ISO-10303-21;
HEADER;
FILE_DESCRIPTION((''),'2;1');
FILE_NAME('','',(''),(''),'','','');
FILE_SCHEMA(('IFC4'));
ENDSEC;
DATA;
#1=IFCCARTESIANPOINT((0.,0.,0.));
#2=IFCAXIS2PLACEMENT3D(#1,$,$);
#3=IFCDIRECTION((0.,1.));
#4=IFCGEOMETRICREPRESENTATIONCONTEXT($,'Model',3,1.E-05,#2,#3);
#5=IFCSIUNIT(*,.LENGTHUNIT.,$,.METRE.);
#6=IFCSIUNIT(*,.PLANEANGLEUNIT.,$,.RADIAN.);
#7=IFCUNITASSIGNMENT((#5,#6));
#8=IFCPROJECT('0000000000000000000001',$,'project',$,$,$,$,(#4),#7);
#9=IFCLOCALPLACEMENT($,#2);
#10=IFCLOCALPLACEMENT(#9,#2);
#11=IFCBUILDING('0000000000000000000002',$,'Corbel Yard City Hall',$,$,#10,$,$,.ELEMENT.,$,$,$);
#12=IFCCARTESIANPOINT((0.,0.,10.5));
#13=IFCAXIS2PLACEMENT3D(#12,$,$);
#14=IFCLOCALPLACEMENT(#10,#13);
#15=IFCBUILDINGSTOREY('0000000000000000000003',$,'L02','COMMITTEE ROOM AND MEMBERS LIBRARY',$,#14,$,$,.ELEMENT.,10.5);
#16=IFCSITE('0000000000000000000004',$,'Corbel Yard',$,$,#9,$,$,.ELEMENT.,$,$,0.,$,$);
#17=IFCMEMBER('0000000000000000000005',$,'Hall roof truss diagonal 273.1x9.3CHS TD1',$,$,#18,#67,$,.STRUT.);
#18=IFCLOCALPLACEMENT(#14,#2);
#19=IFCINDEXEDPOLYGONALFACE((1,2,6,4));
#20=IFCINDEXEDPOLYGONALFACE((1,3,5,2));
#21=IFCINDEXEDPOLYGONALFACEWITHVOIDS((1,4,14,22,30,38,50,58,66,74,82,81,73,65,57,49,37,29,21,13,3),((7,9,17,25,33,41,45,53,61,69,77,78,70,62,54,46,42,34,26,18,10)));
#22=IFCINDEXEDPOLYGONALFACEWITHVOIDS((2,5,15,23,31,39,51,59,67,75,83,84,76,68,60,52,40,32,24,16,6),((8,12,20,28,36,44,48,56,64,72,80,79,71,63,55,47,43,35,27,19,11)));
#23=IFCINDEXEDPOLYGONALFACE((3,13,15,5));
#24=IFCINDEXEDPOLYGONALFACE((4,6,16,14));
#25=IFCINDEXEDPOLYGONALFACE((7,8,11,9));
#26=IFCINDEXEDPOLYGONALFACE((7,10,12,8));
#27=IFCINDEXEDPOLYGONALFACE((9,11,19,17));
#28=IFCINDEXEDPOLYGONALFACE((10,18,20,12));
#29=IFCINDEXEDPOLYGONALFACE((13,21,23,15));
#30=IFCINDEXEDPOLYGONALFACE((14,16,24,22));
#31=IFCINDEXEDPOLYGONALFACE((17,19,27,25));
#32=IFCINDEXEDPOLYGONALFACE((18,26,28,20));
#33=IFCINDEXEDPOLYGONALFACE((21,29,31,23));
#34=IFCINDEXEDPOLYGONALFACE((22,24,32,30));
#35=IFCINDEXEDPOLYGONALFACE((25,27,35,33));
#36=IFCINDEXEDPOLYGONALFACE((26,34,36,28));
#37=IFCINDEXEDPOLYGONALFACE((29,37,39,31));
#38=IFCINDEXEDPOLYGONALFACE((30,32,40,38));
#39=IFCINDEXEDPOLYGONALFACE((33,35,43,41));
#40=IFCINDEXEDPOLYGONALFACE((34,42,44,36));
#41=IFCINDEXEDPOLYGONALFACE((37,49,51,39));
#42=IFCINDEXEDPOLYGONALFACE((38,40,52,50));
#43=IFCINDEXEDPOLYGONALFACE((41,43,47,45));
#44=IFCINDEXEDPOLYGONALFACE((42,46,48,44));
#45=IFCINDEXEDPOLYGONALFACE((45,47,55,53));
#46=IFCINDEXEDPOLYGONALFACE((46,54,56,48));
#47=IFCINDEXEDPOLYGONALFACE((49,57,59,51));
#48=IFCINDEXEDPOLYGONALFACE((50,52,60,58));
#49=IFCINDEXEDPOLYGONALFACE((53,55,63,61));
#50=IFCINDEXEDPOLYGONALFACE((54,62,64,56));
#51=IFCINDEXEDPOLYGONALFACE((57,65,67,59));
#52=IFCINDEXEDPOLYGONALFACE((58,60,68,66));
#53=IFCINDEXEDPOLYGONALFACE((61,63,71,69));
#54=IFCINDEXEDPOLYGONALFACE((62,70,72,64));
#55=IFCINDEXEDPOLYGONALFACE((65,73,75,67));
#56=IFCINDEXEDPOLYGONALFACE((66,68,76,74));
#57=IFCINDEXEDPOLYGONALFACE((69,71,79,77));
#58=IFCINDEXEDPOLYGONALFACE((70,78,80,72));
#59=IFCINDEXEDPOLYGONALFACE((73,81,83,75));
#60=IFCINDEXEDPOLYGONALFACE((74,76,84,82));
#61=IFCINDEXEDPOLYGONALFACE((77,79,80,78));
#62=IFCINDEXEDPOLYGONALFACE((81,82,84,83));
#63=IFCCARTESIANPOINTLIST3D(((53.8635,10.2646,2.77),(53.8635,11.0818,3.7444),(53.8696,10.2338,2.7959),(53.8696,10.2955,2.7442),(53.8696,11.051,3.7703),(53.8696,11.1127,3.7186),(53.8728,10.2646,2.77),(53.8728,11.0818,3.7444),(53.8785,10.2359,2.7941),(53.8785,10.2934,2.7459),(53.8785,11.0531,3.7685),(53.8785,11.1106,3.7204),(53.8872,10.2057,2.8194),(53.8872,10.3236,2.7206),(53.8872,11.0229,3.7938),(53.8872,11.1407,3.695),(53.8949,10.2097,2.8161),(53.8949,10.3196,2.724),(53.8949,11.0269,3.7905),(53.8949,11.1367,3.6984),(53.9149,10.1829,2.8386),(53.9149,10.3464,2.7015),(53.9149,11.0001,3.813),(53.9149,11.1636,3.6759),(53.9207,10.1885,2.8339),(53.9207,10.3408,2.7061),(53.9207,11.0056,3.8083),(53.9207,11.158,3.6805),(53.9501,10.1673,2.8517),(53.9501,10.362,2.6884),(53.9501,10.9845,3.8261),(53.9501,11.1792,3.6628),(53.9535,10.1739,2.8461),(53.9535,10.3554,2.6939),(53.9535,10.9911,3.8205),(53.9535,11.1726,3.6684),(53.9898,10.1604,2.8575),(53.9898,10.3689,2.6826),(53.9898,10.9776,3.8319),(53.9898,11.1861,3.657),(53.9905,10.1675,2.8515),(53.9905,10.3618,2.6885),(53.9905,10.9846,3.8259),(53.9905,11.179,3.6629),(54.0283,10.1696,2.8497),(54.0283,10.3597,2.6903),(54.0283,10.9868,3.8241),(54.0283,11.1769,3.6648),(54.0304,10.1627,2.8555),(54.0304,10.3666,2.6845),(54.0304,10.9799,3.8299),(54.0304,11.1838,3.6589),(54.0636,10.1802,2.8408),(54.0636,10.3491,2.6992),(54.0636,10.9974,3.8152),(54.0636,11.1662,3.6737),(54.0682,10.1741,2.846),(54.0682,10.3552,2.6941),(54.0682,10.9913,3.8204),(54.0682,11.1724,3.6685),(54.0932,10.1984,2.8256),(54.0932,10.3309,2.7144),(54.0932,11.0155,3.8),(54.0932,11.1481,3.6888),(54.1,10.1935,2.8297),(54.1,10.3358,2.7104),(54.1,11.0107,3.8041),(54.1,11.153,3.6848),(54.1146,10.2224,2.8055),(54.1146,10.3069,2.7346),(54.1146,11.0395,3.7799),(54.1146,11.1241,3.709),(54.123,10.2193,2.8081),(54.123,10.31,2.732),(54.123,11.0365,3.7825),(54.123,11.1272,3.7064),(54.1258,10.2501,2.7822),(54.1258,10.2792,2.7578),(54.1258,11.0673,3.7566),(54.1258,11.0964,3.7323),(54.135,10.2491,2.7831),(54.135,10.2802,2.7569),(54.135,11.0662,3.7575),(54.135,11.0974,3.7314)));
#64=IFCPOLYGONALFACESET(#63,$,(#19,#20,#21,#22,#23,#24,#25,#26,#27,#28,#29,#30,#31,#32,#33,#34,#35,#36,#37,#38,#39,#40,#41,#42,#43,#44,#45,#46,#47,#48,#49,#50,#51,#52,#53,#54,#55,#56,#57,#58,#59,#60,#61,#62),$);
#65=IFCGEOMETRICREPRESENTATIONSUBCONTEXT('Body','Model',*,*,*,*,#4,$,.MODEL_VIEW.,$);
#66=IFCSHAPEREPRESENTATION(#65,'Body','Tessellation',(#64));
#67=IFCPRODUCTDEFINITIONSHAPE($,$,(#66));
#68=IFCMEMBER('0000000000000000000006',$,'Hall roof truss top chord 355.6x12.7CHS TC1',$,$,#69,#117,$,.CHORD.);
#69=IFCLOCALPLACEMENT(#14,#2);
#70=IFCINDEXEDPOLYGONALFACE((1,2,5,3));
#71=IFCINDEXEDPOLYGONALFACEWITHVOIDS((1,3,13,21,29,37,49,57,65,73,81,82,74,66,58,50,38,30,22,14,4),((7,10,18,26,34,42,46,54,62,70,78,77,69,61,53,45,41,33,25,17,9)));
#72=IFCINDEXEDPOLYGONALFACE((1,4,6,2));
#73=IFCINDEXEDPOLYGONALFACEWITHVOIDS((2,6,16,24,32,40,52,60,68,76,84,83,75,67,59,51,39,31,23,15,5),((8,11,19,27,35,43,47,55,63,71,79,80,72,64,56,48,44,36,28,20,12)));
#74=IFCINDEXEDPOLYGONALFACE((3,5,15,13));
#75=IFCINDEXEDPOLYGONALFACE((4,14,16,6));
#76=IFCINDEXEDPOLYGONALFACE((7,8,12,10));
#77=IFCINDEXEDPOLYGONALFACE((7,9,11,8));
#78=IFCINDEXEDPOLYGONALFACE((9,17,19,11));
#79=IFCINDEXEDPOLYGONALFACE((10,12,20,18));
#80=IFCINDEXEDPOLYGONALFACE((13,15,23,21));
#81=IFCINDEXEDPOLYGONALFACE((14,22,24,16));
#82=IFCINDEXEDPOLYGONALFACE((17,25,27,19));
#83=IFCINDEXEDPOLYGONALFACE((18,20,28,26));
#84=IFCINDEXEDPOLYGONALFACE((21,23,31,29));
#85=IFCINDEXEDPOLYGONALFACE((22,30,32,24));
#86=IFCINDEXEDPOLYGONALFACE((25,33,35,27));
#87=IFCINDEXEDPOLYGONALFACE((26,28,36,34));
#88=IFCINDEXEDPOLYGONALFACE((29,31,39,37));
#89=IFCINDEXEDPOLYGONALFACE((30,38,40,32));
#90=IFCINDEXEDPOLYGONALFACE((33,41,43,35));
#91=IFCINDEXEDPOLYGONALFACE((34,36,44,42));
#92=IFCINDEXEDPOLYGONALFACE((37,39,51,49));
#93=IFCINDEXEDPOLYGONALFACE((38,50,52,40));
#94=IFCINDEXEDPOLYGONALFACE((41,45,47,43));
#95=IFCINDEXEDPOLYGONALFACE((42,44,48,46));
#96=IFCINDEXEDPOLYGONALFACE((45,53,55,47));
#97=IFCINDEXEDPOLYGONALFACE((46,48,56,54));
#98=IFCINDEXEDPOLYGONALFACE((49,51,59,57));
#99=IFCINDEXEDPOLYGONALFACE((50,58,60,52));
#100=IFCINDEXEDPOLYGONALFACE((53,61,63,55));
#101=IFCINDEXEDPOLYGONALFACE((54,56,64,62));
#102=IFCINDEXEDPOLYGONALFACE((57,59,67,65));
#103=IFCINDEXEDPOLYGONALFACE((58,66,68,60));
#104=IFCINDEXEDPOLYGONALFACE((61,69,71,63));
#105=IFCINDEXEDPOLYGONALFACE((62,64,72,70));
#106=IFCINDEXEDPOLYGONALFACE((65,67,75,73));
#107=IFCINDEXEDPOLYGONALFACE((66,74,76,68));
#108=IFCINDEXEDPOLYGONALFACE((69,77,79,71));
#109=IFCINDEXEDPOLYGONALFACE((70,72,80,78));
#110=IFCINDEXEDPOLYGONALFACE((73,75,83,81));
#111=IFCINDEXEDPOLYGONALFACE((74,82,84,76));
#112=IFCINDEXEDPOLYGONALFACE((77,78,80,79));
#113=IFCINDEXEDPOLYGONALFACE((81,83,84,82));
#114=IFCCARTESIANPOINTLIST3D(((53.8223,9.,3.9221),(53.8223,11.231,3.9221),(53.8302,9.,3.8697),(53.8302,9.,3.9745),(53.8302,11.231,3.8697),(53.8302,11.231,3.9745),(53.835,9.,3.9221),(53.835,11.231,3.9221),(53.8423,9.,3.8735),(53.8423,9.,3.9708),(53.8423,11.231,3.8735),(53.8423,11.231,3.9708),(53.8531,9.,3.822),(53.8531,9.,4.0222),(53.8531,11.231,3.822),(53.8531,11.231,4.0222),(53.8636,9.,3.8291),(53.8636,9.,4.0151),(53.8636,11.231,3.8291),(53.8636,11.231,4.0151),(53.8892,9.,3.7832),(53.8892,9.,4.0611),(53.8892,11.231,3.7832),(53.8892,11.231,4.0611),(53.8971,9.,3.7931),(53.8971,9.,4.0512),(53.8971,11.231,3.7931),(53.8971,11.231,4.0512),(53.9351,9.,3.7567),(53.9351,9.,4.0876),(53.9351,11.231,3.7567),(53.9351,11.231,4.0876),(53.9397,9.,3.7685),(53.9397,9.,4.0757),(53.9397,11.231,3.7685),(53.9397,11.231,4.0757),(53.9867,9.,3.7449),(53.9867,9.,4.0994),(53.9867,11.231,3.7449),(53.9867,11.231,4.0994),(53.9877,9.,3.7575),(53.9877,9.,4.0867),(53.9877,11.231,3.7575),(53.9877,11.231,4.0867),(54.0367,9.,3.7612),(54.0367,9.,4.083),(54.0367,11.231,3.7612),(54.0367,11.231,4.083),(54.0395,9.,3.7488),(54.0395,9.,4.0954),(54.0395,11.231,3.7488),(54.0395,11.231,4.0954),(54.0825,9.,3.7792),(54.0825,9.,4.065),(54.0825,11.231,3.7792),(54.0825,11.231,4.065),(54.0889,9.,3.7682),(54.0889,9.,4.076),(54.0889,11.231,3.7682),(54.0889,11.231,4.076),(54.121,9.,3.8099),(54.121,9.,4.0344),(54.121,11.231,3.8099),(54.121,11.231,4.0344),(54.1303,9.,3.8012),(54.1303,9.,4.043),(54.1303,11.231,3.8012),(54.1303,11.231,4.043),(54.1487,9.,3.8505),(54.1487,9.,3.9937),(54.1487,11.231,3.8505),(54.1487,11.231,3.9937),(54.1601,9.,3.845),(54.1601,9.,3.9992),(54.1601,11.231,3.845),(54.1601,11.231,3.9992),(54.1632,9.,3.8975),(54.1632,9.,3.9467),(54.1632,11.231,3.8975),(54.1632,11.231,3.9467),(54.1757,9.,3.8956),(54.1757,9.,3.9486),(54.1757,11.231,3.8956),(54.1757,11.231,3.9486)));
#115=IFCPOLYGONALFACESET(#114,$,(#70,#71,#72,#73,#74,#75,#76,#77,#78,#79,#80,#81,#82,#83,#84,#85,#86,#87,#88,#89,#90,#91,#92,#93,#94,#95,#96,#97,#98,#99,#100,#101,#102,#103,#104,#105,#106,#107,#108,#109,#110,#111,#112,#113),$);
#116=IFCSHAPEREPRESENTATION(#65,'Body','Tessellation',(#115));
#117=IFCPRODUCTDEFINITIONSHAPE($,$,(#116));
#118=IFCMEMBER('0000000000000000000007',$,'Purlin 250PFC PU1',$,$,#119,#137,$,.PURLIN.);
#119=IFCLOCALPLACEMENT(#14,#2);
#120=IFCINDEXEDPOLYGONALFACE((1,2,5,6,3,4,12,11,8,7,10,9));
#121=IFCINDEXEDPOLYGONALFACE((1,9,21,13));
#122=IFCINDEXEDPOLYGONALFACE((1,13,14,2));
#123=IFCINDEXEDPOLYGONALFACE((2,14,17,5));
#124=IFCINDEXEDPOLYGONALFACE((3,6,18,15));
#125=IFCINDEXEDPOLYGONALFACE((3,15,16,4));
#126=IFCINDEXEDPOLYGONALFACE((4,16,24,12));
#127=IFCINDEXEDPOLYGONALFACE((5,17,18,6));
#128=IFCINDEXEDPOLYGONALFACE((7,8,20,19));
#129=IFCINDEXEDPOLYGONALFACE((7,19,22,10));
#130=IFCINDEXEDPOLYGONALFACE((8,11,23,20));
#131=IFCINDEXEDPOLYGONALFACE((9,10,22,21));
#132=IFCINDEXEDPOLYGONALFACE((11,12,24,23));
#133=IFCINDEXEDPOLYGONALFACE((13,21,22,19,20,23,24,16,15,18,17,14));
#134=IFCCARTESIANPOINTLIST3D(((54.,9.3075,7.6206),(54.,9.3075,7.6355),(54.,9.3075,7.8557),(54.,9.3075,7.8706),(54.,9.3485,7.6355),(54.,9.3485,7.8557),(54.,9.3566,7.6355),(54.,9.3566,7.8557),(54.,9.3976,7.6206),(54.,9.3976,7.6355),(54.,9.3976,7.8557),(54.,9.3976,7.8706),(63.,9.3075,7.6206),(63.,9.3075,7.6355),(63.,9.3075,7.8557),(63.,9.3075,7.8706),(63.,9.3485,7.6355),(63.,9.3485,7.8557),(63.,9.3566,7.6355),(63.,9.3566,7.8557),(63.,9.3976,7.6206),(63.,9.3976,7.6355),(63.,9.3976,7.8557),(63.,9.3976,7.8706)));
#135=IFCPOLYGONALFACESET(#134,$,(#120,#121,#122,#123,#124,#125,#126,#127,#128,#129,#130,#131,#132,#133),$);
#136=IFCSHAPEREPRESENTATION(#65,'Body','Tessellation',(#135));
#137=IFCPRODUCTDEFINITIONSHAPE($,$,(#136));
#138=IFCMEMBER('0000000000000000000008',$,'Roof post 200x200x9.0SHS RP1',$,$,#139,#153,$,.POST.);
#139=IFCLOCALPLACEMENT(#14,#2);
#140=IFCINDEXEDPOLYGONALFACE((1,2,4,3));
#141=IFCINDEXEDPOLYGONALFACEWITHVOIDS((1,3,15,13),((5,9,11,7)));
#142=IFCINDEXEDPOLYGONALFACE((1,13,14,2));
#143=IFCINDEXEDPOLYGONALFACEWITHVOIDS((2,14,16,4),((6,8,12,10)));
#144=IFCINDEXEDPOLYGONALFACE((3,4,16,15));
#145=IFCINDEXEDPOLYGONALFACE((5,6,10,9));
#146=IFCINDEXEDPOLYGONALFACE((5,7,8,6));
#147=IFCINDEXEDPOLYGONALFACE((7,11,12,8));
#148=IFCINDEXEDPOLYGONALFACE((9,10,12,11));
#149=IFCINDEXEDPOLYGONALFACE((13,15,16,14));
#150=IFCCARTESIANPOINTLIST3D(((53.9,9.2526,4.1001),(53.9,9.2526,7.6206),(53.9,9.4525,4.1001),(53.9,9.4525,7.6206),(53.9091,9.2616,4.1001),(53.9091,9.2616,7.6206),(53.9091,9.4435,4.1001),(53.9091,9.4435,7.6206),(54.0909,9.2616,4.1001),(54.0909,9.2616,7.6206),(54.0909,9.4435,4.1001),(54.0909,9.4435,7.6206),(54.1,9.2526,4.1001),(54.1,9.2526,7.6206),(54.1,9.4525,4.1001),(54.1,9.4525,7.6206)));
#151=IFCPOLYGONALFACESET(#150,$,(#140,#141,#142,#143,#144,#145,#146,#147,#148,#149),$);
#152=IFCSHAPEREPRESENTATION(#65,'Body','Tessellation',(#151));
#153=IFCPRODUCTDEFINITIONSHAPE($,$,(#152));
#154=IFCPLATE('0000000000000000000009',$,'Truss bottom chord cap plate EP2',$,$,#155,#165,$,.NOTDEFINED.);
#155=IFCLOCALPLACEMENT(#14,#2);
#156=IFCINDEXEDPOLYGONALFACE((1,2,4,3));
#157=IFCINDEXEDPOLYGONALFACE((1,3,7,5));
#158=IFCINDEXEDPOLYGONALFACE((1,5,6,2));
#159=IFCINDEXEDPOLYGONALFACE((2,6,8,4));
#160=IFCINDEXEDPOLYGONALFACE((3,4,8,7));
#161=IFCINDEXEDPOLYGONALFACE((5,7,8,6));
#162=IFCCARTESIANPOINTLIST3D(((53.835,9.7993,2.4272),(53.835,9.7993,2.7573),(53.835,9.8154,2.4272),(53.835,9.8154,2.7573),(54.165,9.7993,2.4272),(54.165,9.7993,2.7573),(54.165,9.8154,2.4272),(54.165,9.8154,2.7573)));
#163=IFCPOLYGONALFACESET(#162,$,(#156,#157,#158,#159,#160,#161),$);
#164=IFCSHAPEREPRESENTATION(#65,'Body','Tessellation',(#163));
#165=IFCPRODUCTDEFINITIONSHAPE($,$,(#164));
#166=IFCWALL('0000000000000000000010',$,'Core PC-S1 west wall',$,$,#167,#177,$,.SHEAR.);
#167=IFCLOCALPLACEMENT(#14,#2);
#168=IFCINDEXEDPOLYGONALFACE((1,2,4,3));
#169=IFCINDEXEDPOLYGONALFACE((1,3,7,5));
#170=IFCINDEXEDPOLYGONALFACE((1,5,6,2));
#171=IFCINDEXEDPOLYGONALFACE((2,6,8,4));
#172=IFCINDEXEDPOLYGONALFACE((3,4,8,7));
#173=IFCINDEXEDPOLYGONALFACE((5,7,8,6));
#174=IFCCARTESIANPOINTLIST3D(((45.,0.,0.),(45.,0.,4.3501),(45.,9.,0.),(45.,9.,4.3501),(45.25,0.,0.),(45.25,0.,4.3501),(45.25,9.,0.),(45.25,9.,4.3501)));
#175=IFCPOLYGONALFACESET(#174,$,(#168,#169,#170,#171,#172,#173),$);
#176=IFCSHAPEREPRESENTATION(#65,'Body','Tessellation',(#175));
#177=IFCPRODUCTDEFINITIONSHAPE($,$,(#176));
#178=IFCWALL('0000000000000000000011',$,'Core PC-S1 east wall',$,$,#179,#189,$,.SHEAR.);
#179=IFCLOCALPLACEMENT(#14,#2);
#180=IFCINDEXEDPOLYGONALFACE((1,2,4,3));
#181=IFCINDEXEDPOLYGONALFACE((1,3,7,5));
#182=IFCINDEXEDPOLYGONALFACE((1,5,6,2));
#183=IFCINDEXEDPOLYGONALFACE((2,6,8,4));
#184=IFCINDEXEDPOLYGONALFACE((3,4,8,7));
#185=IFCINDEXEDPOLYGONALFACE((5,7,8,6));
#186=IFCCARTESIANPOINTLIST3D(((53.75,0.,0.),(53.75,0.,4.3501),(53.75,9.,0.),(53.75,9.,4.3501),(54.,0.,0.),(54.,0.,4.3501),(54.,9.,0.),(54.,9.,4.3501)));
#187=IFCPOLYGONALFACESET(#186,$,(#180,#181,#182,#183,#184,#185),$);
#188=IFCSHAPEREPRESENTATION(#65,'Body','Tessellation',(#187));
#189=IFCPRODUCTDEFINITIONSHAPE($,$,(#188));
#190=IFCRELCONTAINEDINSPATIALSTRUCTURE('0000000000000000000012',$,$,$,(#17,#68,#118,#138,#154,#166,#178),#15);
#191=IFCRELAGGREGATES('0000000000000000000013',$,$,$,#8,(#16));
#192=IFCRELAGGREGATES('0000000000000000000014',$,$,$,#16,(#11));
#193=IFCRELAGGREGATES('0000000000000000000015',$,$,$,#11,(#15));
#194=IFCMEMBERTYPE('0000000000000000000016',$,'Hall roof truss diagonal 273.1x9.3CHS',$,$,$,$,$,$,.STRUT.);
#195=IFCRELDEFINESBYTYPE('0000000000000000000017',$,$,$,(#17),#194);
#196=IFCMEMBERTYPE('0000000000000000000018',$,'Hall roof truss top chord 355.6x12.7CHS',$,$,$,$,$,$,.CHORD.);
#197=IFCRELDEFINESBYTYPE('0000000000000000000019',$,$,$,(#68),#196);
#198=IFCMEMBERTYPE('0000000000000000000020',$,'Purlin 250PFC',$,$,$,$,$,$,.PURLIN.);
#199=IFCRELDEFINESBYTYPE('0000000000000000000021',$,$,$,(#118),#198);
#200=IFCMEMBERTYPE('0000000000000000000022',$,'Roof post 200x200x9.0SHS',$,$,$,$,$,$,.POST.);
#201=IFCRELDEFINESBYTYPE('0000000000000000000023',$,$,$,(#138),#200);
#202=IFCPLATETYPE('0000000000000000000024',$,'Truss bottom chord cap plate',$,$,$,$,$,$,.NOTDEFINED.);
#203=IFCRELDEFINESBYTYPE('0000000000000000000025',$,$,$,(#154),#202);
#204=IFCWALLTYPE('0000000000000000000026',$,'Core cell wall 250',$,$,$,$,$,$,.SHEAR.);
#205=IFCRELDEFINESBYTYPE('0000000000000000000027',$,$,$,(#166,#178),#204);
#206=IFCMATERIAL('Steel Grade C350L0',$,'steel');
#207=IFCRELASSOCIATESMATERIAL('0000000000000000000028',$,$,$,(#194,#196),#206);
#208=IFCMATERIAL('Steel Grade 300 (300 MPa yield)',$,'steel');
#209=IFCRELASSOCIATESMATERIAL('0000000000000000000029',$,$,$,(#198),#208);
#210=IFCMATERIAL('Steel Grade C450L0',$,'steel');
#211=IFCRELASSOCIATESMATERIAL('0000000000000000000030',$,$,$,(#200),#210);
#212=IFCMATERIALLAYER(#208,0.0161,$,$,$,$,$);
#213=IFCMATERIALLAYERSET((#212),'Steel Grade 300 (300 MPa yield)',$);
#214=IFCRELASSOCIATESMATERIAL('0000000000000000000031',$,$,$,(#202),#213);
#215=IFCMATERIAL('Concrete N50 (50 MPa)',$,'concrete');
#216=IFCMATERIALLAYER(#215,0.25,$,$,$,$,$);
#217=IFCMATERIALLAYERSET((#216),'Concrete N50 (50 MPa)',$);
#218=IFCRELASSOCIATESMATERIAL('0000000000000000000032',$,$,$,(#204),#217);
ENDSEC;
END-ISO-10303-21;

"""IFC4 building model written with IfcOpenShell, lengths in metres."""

from ifc_helpers import new_model, si_unit, direction, frame, frame_2d, origin, origin_2d, place, context, subcontext, project, spatial, rectangle, hollow_rectangle, hollow_circle, i_section, extrude, material, layer, layer_set, material_profile, profile_set, type_object, element, save


model = new_model("IFC4")

# Units and contexts
model_context = context("Model", 3, precision=1e-05, world=origin(), true_north=direction((0.0, 1.0)))
body_context = subcontext(model_context, "Body", "Model", "MODEL_VIEW")
ifc_project = project(units=[si_unit("LENGTHUNIT", "METRE"), si_unit("PLANEANGLEUNIT", "RADIAN")], contexts=[model_context])

# Site, building, storey
site_placement = place(None, origin())
site = spatial("IfcSite", under=ifc_project, at=site_placement, Name="Corbel Yard", CompositionType="ELEMENT", RefElevation=0.0)
building_placement = place(site_placement, origin())
building = spatial("IfcBuilding", under=site, at=building_placement, Name="Corbel Yard City Hall", CompositionType="ELEMENT")
storey_placement = place(building_placement, frame((0.0, 0.0, 10.5)))
storey = spatial("IfcBuildingStorey", under=building, at=storey_placement, Name="L02", Description="COMMITTEE ROOM AND MEMBERS LIBRARY", CompositionType="ELEMENT", Elevation=10.5)

# Shared definitions
ifc_material_1 = material(Name="Steel Grade 300 (300 MPa yield)", Category="steel")

# Members
ifc_material_2 = material(Name="Steel Grade C350L0", Category="steel")
ifc_material_profile_1 = material_profile(ifc_material_2, hollow_circle(Radius=0.1365, WallThickness=0.0093, at=origin_2d()), Name="273.1x9.3CHS")
ifc_profile_set_1 = profile_set([ifc_material_profile_1], Name="Steel Grade C350L0")
member_type_1 = type_object("IfcMemberType", Name="Hall roof truss diagonal 273.1x9.3CHS", PredefinedType="STRUT", material=ifc_profile_set_1)
for number, where, z_axis, x_axis, name in (
    (1, (54.0, 10.2646, 2.77), (0.0, 0.64258, 0.766219), (-1.0, 0.0, 0.0), "Hall roof truss diagonal 273.1x9.3CHS TD1"),
):
    element("IfcMember", number, at=place(storey_placement, frame(where, z_axis=z_axis, x_axis=x_axis)), inside=storey, type_object=member_type_1, Name=name, PredefinedType="STRUT", context=body_context, shape_type="SweptSolid", body=[
        extrude(hollow_circle(Radius=0.1365, WallThickness=0.0093, at=origin_2d()), origin(), (0.0, 0.0, 1.0), 1.2717),
    ])
ifc_material_profile_2 = material_profile(ifc_material_2, hollow_circle(Radius=0.1777, WallThickness=0.0127, at=origin_2d()), Name="355.6x12.7CHS")
ifc_profile_set_2 = profile_set([ifc_material_profile_2], Name="Steel Grade C350L0")
member_type_2 = type_object("IfcMemberType", Name="Hall roof truss top chord 355.6x12.7CHS", PredefinedType="CHORD", material=ifc_profile_set_2)
member_1_placement = place(storey_placement, frame((54.0, 9.0, 3.9221), z_axis=(0.0, 1.0, 0.0), x_axis=(-1.0, 0.0, 0.0)))
element("IfcMember", 2, at=member_1_placement, inside=storey, type_object=member_type_2, Name="Hall roof truss top chord 355.6x12.7CHS TC1", PredefinedType="CHORD", context=body_context, shape_type="SweptSolid", body=[
    extrude(hollow_circle(Radius=0.1777, WallThickness=0.0127, at=origin_2d()), origin(), (0.0, 0.0, 1.0), 2.231),
])
ifc_material_profile_3 = material_profile(ifc_material_1, i_section(OverallWidth=0.0901, OverallDepth=0.25, WebThickness=0.0081, FlangeThickness=0.0149, at=origin_2d()), Name="250PFC")
ifc_profile_set_3 = profile_set([ifc_material_profile_3], Name="Steel Grade 300 (300 MPa yield)")
member_type_3 = type_object("IfcMemberType", Name="Purlin 250PFC", PredefinedType="PURLIN", material=ifc_profile_set_3)
member_2_placement = place(storey_placement, frame((54.0, 9.3525, 7.7456), z_axis=(1.0, 0.0, 0.0), x_axis=(0.0, 1.0, 0.0)))
element("IfcMember", 3, at=member_2_placement, inside=storey, type_object=member_type_3, Name="Purlin 250PFC PU1", PredefinedType="PURLIN", context=body_context, shape_type="SweptSolid", body=[
    extrude(i_section(OverallWidth=0.0901, OverallDepth=0.25, WebThickness=0.0081, FlangeThickness=0.0149, at=origin_2d()), origin(), (0.0, 0.0, 1.0), 9.0),
])
ifc_material_3 = material(Name="Steel Grade C450L0", Category="steel")
ifc_material_profile_4 = material_profile(ifc_material_3, hollow_rectangle(XDim=0.2, YDim=0.2, WallThickness=0.009, at=origin_2d()), Name="200x200x9.0SHS")
ifc_profile_set_4 = profile_set([ifc_material_profile_4], Name="Steel Grade C450L0")
member_type_4 = type_object("IfcMemberType", Name="Roof post 200x200x9.0SHS", PredefinedType="POST", material=ifc_profile_set_4)
member_3_placement = place(storey_placement, frame((54.0, 9.3525, 4.1001), z_axis=(0.0, 0.0, 1.0), x_axis=(1.0, 0.0, 0.0)))
element("IfcMember", 4, at=member_3_placement, inside=storey, type_object=member_type_4, Name="Roof post 200x200x9.0SHS RP1", PredefinedType="POST", context=body_context, shape_type="SweptSolid", body=[
    extrude(hollow_rectangle(XDim=0.2, YDim=0.2, WallThickness=0.009, at=origin_2d()), origin(), (0.0, 0.0, 1.0), 3.5205),
])

# Plate
ifc_layer_1 = layer(ifc_material_1, 0.0161)
ifc_layer_set_1 = layer_set([ifc_layer_1], Name="Steel Grade 300 (300 MPa yield)")
plate_type = type_object("IfcPlateType", Name="Truss bottom chord cap plate", PredefinedType="NOTDEFINED", material=ifc_layer_set_1)
plate_placement = place(storey_placement, frame((54.0, 9.8074, 2.4272), z_axis=(0.0, 0.0, 1.0), x_axis=(1.0, 0.0, 0.0)))
element("IfcPlate", 5, at=plate_placement, inside=storey, type_object=plate_type, Name="Truss bottom chord cap plate EP2", PredefinedType="NOTDEFINED", context=body_context, shape_type="SweptSolid", body=[
    extrude(rectangle(XDim=0.3301, YDim=0.0161, at=origin_2d()), origin(), (0.0, 0.0, 1.0), 0.3301),
])

# Walls
ifc_material_4 = material(Name="Concrete N50 (50 MPa)", Category="concrete")
ifc_layer_2 = layer(ifc_material_4, 0.25)
ifc_layer_set_2 = layer_set([ifc_layer_2], Name="Concrete N50 (50 MPa)")
wall_type_1 = type_object("IfcWallType", Name="Core cell wall 250", PredefinedType="SHEAR", material=ifc_layer_set_2)
for number, where, z_axis, x_axis, name in (
    (6, (45.125, 0.0, 0.0), (0.0, 0.0, 1.0), (0.0, 1.0, 0.0), "Core PC-S1 west wall"),
    (7, (53.875, 0.0, 0.0), (0.0, 0.0, 1.0), (0.0, 1.0, 0.0), "Core PC-S1 east wall"),
):
    element("IfcWall", number, at=place(storey_placement, frame(where, z_axis=z_axis, x_axis=x_axis)), inside=storey, type_object=wall_type_1, Name=name, PredefinedType="SHEAR", context=body_context, shape_type="SweptSolid", body=[
        extrude(rectangle(XDim=9.0, YDim=0.25, at=frame_2d((4.5, 0.0))), origin(), (0.0, 0.0, 1.0), 4.3501),
    ])

save(model, "model.ifc")
